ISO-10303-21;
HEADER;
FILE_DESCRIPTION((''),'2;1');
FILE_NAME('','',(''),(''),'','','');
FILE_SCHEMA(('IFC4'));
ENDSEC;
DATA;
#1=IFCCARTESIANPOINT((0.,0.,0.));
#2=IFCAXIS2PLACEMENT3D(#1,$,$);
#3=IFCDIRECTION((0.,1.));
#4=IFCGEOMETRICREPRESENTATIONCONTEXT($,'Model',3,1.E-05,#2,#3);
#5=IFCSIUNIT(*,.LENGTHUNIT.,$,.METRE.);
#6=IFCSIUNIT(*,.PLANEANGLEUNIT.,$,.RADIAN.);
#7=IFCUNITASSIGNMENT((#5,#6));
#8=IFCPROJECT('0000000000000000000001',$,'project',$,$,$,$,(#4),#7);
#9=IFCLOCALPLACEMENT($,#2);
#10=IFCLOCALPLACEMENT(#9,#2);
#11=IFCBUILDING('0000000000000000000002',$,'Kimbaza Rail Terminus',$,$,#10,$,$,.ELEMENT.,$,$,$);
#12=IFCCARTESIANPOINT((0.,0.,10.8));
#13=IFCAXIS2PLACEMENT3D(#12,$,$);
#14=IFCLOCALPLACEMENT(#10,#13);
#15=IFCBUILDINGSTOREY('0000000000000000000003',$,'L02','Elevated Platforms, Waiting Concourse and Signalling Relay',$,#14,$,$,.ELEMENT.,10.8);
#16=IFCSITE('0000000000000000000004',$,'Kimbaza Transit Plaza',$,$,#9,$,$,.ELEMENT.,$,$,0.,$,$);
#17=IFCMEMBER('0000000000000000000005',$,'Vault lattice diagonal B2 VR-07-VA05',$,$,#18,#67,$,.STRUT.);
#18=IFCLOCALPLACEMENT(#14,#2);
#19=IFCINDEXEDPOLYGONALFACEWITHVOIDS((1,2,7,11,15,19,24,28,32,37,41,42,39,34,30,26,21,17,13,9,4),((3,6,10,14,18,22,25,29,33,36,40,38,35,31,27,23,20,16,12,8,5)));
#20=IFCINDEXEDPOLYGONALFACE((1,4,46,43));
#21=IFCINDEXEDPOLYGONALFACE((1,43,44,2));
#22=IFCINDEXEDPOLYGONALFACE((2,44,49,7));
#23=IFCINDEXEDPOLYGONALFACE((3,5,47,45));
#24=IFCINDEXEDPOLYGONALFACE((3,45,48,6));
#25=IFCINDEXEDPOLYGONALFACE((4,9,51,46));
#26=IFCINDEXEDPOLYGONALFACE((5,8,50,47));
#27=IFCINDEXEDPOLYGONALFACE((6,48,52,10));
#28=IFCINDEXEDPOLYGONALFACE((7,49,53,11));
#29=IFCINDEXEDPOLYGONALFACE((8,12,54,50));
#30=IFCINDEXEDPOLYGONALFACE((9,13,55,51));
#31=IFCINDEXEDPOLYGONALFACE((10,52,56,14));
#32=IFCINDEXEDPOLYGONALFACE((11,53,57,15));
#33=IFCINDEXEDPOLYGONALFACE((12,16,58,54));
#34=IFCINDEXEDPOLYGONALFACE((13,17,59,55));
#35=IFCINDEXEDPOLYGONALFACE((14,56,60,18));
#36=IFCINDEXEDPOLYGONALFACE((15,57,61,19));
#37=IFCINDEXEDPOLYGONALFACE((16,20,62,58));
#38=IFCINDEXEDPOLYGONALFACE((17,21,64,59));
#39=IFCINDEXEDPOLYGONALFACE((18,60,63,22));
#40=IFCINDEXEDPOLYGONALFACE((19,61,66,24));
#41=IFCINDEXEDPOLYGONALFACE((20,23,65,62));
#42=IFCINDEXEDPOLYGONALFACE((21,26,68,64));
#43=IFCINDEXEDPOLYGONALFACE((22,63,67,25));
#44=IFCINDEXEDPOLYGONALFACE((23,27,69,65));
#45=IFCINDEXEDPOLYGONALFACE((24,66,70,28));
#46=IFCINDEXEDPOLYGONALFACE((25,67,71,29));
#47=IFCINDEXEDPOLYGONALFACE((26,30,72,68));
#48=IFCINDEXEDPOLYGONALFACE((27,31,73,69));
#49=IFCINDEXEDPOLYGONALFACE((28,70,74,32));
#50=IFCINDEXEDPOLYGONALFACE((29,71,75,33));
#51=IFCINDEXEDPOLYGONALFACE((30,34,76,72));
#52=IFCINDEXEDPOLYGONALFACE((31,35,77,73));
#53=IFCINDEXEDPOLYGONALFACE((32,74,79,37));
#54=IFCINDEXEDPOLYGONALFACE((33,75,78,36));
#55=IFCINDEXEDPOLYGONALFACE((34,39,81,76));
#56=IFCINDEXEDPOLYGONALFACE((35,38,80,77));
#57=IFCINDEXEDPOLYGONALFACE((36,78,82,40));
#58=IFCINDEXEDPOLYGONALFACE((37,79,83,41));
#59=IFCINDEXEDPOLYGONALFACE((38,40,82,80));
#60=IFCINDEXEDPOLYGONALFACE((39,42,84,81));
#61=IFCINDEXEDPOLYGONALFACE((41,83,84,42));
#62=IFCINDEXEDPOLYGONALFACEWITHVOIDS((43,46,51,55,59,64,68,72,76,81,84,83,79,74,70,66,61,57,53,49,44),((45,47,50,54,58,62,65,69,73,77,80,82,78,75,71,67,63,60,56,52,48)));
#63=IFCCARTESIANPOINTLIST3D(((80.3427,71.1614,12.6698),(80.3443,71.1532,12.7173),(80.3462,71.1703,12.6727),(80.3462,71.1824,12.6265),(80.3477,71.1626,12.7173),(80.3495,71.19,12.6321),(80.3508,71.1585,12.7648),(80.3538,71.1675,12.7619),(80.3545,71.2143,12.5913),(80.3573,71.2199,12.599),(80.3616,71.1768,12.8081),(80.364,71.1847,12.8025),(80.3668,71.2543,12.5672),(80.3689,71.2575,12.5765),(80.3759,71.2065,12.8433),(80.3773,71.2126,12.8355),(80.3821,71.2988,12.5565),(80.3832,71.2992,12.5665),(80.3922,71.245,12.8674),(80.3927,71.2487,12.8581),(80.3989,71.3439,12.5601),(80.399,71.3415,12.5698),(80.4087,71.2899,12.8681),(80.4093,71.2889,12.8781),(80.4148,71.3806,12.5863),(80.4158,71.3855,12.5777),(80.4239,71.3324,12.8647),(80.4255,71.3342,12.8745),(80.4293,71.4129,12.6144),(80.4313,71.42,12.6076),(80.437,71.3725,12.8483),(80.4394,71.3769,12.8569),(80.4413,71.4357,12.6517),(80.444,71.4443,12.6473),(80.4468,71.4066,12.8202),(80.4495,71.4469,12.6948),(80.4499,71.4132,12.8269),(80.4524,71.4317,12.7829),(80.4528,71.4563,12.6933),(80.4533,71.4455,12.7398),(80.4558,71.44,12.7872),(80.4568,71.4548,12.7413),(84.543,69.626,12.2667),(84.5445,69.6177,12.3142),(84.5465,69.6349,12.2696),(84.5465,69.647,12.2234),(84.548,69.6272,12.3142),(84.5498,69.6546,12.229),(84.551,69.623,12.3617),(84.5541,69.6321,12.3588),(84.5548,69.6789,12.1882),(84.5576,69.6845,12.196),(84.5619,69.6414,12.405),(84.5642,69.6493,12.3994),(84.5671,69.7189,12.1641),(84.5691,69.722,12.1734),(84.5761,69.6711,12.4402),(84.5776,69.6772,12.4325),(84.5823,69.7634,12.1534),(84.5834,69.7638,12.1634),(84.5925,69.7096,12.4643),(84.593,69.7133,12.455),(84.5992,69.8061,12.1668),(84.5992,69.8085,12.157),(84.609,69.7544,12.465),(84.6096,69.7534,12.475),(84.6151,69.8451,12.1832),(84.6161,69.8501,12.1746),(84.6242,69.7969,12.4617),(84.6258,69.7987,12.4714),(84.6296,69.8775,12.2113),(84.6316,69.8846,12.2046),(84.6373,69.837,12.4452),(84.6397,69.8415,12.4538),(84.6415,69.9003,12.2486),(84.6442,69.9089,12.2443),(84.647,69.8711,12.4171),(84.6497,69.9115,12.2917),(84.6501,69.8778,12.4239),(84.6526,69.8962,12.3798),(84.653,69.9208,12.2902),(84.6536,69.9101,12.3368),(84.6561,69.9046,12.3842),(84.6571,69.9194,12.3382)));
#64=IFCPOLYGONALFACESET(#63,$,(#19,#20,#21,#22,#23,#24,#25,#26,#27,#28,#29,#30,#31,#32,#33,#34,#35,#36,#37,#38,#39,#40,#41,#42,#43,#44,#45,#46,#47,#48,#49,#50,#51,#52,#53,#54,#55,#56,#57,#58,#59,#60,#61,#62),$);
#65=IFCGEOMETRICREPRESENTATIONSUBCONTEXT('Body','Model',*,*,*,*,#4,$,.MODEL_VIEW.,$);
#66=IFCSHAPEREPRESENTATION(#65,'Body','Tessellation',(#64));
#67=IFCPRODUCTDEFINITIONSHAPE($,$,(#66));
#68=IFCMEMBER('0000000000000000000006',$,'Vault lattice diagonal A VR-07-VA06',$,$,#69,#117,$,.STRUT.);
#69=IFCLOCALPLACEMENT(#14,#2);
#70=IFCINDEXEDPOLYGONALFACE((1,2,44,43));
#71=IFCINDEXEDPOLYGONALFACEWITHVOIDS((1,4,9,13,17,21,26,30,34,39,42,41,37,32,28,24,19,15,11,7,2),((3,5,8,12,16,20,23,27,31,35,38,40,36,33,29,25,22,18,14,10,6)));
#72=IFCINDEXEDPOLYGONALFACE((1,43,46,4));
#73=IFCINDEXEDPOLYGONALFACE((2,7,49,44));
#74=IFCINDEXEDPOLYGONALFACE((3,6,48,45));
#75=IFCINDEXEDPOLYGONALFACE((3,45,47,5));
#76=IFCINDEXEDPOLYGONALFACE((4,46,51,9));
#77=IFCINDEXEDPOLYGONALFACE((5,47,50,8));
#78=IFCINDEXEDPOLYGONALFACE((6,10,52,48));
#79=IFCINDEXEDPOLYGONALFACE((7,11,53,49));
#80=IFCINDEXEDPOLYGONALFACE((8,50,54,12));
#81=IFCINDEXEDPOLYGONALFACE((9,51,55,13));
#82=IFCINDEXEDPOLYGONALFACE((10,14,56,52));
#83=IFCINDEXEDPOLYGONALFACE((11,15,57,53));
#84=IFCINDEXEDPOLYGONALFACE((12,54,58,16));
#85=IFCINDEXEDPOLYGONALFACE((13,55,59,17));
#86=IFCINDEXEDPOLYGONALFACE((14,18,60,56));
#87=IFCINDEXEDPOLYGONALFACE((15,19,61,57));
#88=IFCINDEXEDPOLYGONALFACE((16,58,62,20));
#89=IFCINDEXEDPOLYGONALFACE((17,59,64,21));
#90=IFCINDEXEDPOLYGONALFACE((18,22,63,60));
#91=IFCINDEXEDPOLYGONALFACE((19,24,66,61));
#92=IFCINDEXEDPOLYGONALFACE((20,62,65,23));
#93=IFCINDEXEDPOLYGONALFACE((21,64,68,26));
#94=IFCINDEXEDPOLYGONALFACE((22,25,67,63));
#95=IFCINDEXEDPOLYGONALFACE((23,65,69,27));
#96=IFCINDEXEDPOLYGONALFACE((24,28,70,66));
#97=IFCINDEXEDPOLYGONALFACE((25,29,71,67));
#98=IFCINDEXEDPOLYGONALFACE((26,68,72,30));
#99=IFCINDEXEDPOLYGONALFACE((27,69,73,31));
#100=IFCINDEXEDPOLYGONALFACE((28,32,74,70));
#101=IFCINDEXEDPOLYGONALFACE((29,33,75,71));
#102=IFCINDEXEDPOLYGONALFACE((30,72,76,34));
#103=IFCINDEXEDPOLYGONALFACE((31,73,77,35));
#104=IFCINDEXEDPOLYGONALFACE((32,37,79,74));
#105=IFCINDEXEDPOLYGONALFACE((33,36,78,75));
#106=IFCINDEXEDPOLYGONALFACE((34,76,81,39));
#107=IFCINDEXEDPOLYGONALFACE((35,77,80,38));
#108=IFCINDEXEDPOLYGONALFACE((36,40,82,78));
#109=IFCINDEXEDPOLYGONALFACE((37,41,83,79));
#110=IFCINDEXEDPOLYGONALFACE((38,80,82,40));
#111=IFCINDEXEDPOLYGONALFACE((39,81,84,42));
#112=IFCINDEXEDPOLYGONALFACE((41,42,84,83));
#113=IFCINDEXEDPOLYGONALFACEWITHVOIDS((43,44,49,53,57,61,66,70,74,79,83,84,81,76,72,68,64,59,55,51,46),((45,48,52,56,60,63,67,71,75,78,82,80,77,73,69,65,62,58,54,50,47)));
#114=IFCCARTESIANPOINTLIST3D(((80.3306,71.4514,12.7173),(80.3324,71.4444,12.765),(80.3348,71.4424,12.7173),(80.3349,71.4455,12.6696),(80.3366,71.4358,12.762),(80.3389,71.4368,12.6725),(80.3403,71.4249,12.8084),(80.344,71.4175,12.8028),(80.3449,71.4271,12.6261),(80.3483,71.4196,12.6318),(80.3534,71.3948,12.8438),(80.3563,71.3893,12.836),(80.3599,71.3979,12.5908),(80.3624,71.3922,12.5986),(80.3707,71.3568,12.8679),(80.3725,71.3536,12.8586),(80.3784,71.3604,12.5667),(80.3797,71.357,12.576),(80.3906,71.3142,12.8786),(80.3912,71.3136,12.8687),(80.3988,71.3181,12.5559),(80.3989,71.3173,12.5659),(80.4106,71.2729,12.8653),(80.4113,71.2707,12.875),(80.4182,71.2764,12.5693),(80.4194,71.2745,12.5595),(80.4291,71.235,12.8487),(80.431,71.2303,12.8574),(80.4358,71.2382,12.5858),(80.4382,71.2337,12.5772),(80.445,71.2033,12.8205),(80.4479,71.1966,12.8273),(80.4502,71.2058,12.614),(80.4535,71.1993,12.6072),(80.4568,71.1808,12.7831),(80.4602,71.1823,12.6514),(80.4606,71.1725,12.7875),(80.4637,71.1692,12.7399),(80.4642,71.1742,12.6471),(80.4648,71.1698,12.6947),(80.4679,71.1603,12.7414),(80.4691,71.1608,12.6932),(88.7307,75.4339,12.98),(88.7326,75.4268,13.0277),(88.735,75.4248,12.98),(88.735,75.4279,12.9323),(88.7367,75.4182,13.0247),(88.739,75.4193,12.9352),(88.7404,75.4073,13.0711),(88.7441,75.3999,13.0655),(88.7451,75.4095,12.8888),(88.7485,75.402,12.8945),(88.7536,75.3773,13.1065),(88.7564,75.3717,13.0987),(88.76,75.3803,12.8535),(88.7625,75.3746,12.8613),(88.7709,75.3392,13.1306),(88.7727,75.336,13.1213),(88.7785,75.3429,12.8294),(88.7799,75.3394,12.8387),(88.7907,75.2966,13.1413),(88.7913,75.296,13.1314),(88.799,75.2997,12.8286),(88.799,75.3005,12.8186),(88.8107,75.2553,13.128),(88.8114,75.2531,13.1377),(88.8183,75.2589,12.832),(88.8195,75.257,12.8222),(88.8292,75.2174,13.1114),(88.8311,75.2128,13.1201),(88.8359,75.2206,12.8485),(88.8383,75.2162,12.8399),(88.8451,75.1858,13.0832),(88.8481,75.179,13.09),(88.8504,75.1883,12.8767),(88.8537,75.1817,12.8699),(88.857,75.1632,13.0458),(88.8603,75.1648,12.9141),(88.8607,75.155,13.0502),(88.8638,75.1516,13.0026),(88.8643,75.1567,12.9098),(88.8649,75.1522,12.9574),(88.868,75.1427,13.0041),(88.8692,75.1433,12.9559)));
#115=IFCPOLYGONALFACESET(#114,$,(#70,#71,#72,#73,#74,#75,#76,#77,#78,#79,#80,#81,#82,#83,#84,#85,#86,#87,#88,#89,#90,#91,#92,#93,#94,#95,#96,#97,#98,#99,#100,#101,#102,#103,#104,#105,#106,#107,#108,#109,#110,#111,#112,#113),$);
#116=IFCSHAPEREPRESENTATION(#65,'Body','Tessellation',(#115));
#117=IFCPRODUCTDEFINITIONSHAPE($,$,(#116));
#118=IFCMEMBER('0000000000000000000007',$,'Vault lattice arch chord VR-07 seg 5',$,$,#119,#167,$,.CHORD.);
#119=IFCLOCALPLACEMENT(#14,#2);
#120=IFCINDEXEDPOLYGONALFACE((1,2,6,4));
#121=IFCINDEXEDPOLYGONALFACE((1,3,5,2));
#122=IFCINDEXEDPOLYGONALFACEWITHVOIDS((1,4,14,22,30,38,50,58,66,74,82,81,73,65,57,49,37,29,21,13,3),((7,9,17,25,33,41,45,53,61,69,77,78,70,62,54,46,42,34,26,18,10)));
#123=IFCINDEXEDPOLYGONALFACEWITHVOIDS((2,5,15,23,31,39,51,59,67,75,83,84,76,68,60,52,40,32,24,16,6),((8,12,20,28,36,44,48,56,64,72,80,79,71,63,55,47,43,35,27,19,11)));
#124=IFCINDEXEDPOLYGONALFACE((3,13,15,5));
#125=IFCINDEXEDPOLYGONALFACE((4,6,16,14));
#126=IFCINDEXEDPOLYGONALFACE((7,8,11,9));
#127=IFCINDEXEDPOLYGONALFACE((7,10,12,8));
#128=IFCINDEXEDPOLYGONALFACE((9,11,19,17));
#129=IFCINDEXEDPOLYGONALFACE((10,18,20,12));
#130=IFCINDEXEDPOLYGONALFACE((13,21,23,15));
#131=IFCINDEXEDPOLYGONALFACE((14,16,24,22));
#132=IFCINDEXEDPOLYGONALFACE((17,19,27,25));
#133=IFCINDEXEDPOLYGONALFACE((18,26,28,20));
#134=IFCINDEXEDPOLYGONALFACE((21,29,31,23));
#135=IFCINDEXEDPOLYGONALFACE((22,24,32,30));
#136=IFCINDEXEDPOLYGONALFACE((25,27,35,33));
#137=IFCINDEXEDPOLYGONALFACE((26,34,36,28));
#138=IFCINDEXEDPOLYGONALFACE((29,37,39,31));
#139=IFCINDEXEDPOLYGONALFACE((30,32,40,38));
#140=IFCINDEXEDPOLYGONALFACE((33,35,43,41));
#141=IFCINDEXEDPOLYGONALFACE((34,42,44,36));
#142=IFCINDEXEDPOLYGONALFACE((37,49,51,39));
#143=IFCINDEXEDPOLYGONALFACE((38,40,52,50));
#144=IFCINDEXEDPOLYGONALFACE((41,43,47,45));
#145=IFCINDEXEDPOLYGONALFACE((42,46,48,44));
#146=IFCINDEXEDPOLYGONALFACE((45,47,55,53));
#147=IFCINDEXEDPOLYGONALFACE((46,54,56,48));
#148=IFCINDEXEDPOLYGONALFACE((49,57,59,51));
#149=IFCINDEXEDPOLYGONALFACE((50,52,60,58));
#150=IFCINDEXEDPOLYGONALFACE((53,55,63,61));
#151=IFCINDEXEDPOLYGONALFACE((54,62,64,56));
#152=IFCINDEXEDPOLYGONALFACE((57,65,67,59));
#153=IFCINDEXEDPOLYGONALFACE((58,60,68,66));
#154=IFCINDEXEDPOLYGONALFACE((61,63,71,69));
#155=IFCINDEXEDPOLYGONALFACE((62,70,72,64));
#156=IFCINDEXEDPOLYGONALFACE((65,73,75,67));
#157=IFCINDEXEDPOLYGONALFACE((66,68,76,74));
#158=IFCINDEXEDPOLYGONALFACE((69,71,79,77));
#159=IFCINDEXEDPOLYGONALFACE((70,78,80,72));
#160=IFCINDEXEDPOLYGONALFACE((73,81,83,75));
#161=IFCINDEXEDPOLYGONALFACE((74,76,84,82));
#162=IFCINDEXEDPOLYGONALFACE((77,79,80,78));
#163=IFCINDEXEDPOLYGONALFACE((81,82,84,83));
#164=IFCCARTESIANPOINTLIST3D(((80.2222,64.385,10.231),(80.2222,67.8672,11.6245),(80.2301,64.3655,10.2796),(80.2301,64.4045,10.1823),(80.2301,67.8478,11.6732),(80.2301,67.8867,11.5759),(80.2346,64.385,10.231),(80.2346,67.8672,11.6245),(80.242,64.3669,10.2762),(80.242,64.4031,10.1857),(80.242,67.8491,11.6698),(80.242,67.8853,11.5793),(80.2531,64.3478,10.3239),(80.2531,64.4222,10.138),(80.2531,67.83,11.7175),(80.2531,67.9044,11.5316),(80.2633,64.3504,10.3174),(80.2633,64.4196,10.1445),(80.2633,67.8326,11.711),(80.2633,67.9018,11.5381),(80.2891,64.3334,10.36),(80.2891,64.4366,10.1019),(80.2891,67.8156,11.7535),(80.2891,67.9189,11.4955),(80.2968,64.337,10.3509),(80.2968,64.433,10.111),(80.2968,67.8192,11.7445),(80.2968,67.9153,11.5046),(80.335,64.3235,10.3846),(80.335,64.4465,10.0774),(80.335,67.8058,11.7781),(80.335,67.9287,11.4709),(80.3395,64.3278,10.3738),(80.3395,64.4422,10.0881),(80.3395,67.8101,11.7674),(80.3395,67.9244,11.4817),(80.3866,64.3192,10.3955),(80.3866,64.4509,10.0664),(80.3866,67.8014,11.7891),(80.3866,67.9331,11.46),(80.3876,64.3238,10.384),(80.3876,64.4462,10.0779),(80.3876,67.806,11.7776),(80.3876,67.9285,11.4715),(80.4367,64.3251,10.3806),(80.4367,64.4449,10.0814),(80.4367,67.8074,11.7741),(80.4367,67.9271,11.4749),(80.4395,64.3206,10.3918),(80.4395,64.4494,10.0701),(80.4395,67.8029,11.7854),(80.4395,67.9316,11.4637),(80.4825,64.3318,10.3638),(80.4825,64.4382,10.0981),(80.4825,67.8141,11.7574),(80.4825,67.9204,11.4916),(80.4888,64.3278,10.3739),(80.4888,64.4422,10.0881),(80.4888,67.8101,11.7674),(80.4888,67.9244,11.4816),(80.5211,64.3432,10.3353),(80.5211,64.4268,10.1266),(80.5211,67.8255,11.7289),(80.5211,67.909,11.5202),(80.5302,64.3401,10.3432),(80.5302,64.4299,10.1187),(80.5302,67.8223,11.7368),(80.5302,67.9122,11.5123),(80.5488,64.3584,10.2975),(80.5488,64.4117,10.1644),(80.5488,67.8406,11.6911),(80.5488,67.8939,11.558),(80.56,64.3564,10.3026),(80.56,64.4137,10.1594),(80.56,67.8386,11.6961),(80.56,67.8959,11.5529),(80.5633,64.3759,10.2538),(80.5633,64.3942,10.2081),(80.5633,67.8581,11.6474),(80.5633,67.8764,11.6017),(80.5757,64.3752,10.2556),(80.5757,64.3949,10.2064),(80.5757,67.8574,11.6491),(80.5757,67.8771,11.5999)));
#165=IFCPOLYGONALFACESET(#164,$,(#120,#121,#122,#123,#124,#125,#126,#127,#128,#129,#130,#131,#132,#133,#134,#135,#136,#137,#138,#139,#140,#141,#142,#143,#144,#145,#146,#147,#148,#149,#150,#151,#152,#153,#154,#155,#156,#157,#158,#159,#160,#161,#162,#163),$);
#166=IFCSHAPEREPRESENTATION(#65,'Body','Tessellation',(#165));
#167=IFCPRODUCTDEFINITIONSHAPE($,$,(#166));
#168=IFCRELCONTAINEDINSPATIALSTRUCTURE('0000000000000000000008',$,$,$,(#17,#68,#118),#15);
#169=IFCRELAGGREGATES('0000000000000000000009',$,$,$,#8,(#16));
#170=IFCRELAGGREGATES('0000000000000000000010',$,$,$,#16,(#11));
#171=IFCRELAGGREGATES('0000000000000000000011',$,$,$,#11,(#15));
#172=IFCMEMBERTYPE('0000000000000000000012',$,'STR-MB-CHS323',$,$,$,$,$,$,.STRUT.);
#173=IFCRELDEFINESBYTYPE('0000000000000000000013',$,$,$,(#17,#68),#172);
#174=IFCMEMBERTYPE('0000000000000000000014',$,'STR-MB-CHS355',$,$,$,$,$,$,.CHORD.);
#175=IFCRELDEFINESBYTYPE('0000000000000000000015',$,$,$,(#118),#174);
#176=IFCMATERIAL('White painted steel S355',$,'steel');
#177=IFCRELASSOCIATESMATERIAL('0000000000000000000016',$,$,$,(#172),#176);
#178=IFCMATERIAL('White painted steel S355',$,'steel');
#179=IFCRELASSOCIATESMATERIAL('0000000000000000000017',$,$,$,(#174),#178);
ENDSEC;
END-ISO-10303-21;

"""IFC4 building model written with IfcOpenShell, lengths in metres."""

from ifc_helpers import new_model, si_unit, direction, frame, origin, origin_2d, place, context, subcontext, project, spatial, hollow_circle, extrude, material, material_profile, profile_set, type_object, element, save


model = new_model("IFC4")

# Units and contexts
model_context = context("Model", 3, precision=1e-05, world=origin(), true_north=direction((0.0, 1.0)))
body_context = subcontext(model_context, "Body", "Model", "MODEL_VIEW")
ifc_project = project(units=[si_unit("LENGTHUNIT", "METRE"), si_unit("PLANEANGLEUNIT", "RADIAN")], contexts=[model_context])

# Site, building, storey
site_placement = place(None, origin())
site = spatial("IfcSite", under=ifc_project, at=site_placement, Name="Kimbaza Transit Plaza", CompositionType="ELEMENT", RefElevation=0.0)
building_placement = place(site_placement, origin())
building = spatial("IfcBuilding", under=site, at=building_placement, Name="Kimbaza Rail Terminus", CompositionType="ELEMENT")
storey_placement = place(building_placement, frame((0.0, 0.0, 10.8)))
storey = spatial("IfcBuildingStorey", under=building, at=storey_placement, Name="L02", Description="Elevated Platforms, Waiting Concourse and Signalling Relay", CompositionType="ELEMENT", Elevation=10.8)

# Members
ifc_material_1 = material(Name="White painted steel S355", Category="steel")
ifc_material_profile_1 = material_profile(ifc_material_1, hollow_circle(Radius=0.1619, WallThickness=0.01, at=origin_2d()), Name="CHS 323.9x10")
ifc_profile_set_1 = profile_set([ifc_material_profile_1], Name="White painted steel S355")
member_type_1 = type_object("IfcMemberType", Name="STR-MB-CHS323", PredefinedType="STRUT", material=ifc_profile_set_1)
member_1_placement = place(storey_placement, frame((84.6001, 69.7698, 12.3142), z_axis=(-0.935422, 0.341948, 0.089769), x_axis=(-0.343334, -0.939213, 0.0)))
element("IfcMember", 1, at=member_1_placement, inside=storey, type_object=member_type_1, Name="Vault lattice diagonal B2 VR-07-VA05", PredefinedType="STRUT", context=body_context, shape_type="SweptSolid", body=[
    extrude(hollow_circle(Radius=0.1619, WallThickness=0.01, at=origin_2d()), origin(), (0.0, 0.0, 1.0), 4.4902),
])
member_2_placement = place(storey_placement, frame((80.3999, 71.3052, 12.7173), z_axis=(0.903236, 0.428215, 0.028247), x_axis=(-0.428385, 0.903596, 0.0)))
element("IfcMember", 2, at=member_2_placement, inside=storey, type_object=member_type_1, Name="Vault lattice diagonal A VR-07-VA06", PredefinedType="STRUT", context=body_context, shape_type="SweptSolid", body=[
    extrude(hollow_circle(Radius=0.1619, WallThickness=0.01, at=origin_2d()), origin(), (0.0, 0.0, 1.0), 9.3),
])
ifc_material_2 = material(Name="White painted steel S355", Category="steel")
ifc_material_profile_2 = material_profile(ifc_material_2, hollow_circle(Radius=0.1777, WallThickness=0.0125, at=origin_2d()), Name="CHS 355.6x12.5")
ifc_profile_set_2 = profile_set([ifc_material_profile_2], Name="White painted steel S355")
member_type_2 = type_object("IfcMemberType", Name="STR-MB-CHS355", PredefinedType="CHORD", material=ifc_profile_set_2)
member_3_placement = place(storey_placement, frame((80.3999, 64.385, 10.231), z_axis=(0.0, 0.928414, 0.371548), x_axis=(-1.0, 0.0, 0.0)))
element("IfcMember", 3, at=member_3_placement, inside=storey, type_object=member_type_2, Name="Vault lattice arch chord VR-07 seg 5", PredefinedType="CHORD", context=body_context, shape_type="SweptSolid", body=[
    extrude(hollow_circle(Radius=0.1777, WallThickness=0.0125, at=origin_2d()), origin(), (0.0, 0.0, 1.0), 3.7507),
])

save(model, "model.ifc")
